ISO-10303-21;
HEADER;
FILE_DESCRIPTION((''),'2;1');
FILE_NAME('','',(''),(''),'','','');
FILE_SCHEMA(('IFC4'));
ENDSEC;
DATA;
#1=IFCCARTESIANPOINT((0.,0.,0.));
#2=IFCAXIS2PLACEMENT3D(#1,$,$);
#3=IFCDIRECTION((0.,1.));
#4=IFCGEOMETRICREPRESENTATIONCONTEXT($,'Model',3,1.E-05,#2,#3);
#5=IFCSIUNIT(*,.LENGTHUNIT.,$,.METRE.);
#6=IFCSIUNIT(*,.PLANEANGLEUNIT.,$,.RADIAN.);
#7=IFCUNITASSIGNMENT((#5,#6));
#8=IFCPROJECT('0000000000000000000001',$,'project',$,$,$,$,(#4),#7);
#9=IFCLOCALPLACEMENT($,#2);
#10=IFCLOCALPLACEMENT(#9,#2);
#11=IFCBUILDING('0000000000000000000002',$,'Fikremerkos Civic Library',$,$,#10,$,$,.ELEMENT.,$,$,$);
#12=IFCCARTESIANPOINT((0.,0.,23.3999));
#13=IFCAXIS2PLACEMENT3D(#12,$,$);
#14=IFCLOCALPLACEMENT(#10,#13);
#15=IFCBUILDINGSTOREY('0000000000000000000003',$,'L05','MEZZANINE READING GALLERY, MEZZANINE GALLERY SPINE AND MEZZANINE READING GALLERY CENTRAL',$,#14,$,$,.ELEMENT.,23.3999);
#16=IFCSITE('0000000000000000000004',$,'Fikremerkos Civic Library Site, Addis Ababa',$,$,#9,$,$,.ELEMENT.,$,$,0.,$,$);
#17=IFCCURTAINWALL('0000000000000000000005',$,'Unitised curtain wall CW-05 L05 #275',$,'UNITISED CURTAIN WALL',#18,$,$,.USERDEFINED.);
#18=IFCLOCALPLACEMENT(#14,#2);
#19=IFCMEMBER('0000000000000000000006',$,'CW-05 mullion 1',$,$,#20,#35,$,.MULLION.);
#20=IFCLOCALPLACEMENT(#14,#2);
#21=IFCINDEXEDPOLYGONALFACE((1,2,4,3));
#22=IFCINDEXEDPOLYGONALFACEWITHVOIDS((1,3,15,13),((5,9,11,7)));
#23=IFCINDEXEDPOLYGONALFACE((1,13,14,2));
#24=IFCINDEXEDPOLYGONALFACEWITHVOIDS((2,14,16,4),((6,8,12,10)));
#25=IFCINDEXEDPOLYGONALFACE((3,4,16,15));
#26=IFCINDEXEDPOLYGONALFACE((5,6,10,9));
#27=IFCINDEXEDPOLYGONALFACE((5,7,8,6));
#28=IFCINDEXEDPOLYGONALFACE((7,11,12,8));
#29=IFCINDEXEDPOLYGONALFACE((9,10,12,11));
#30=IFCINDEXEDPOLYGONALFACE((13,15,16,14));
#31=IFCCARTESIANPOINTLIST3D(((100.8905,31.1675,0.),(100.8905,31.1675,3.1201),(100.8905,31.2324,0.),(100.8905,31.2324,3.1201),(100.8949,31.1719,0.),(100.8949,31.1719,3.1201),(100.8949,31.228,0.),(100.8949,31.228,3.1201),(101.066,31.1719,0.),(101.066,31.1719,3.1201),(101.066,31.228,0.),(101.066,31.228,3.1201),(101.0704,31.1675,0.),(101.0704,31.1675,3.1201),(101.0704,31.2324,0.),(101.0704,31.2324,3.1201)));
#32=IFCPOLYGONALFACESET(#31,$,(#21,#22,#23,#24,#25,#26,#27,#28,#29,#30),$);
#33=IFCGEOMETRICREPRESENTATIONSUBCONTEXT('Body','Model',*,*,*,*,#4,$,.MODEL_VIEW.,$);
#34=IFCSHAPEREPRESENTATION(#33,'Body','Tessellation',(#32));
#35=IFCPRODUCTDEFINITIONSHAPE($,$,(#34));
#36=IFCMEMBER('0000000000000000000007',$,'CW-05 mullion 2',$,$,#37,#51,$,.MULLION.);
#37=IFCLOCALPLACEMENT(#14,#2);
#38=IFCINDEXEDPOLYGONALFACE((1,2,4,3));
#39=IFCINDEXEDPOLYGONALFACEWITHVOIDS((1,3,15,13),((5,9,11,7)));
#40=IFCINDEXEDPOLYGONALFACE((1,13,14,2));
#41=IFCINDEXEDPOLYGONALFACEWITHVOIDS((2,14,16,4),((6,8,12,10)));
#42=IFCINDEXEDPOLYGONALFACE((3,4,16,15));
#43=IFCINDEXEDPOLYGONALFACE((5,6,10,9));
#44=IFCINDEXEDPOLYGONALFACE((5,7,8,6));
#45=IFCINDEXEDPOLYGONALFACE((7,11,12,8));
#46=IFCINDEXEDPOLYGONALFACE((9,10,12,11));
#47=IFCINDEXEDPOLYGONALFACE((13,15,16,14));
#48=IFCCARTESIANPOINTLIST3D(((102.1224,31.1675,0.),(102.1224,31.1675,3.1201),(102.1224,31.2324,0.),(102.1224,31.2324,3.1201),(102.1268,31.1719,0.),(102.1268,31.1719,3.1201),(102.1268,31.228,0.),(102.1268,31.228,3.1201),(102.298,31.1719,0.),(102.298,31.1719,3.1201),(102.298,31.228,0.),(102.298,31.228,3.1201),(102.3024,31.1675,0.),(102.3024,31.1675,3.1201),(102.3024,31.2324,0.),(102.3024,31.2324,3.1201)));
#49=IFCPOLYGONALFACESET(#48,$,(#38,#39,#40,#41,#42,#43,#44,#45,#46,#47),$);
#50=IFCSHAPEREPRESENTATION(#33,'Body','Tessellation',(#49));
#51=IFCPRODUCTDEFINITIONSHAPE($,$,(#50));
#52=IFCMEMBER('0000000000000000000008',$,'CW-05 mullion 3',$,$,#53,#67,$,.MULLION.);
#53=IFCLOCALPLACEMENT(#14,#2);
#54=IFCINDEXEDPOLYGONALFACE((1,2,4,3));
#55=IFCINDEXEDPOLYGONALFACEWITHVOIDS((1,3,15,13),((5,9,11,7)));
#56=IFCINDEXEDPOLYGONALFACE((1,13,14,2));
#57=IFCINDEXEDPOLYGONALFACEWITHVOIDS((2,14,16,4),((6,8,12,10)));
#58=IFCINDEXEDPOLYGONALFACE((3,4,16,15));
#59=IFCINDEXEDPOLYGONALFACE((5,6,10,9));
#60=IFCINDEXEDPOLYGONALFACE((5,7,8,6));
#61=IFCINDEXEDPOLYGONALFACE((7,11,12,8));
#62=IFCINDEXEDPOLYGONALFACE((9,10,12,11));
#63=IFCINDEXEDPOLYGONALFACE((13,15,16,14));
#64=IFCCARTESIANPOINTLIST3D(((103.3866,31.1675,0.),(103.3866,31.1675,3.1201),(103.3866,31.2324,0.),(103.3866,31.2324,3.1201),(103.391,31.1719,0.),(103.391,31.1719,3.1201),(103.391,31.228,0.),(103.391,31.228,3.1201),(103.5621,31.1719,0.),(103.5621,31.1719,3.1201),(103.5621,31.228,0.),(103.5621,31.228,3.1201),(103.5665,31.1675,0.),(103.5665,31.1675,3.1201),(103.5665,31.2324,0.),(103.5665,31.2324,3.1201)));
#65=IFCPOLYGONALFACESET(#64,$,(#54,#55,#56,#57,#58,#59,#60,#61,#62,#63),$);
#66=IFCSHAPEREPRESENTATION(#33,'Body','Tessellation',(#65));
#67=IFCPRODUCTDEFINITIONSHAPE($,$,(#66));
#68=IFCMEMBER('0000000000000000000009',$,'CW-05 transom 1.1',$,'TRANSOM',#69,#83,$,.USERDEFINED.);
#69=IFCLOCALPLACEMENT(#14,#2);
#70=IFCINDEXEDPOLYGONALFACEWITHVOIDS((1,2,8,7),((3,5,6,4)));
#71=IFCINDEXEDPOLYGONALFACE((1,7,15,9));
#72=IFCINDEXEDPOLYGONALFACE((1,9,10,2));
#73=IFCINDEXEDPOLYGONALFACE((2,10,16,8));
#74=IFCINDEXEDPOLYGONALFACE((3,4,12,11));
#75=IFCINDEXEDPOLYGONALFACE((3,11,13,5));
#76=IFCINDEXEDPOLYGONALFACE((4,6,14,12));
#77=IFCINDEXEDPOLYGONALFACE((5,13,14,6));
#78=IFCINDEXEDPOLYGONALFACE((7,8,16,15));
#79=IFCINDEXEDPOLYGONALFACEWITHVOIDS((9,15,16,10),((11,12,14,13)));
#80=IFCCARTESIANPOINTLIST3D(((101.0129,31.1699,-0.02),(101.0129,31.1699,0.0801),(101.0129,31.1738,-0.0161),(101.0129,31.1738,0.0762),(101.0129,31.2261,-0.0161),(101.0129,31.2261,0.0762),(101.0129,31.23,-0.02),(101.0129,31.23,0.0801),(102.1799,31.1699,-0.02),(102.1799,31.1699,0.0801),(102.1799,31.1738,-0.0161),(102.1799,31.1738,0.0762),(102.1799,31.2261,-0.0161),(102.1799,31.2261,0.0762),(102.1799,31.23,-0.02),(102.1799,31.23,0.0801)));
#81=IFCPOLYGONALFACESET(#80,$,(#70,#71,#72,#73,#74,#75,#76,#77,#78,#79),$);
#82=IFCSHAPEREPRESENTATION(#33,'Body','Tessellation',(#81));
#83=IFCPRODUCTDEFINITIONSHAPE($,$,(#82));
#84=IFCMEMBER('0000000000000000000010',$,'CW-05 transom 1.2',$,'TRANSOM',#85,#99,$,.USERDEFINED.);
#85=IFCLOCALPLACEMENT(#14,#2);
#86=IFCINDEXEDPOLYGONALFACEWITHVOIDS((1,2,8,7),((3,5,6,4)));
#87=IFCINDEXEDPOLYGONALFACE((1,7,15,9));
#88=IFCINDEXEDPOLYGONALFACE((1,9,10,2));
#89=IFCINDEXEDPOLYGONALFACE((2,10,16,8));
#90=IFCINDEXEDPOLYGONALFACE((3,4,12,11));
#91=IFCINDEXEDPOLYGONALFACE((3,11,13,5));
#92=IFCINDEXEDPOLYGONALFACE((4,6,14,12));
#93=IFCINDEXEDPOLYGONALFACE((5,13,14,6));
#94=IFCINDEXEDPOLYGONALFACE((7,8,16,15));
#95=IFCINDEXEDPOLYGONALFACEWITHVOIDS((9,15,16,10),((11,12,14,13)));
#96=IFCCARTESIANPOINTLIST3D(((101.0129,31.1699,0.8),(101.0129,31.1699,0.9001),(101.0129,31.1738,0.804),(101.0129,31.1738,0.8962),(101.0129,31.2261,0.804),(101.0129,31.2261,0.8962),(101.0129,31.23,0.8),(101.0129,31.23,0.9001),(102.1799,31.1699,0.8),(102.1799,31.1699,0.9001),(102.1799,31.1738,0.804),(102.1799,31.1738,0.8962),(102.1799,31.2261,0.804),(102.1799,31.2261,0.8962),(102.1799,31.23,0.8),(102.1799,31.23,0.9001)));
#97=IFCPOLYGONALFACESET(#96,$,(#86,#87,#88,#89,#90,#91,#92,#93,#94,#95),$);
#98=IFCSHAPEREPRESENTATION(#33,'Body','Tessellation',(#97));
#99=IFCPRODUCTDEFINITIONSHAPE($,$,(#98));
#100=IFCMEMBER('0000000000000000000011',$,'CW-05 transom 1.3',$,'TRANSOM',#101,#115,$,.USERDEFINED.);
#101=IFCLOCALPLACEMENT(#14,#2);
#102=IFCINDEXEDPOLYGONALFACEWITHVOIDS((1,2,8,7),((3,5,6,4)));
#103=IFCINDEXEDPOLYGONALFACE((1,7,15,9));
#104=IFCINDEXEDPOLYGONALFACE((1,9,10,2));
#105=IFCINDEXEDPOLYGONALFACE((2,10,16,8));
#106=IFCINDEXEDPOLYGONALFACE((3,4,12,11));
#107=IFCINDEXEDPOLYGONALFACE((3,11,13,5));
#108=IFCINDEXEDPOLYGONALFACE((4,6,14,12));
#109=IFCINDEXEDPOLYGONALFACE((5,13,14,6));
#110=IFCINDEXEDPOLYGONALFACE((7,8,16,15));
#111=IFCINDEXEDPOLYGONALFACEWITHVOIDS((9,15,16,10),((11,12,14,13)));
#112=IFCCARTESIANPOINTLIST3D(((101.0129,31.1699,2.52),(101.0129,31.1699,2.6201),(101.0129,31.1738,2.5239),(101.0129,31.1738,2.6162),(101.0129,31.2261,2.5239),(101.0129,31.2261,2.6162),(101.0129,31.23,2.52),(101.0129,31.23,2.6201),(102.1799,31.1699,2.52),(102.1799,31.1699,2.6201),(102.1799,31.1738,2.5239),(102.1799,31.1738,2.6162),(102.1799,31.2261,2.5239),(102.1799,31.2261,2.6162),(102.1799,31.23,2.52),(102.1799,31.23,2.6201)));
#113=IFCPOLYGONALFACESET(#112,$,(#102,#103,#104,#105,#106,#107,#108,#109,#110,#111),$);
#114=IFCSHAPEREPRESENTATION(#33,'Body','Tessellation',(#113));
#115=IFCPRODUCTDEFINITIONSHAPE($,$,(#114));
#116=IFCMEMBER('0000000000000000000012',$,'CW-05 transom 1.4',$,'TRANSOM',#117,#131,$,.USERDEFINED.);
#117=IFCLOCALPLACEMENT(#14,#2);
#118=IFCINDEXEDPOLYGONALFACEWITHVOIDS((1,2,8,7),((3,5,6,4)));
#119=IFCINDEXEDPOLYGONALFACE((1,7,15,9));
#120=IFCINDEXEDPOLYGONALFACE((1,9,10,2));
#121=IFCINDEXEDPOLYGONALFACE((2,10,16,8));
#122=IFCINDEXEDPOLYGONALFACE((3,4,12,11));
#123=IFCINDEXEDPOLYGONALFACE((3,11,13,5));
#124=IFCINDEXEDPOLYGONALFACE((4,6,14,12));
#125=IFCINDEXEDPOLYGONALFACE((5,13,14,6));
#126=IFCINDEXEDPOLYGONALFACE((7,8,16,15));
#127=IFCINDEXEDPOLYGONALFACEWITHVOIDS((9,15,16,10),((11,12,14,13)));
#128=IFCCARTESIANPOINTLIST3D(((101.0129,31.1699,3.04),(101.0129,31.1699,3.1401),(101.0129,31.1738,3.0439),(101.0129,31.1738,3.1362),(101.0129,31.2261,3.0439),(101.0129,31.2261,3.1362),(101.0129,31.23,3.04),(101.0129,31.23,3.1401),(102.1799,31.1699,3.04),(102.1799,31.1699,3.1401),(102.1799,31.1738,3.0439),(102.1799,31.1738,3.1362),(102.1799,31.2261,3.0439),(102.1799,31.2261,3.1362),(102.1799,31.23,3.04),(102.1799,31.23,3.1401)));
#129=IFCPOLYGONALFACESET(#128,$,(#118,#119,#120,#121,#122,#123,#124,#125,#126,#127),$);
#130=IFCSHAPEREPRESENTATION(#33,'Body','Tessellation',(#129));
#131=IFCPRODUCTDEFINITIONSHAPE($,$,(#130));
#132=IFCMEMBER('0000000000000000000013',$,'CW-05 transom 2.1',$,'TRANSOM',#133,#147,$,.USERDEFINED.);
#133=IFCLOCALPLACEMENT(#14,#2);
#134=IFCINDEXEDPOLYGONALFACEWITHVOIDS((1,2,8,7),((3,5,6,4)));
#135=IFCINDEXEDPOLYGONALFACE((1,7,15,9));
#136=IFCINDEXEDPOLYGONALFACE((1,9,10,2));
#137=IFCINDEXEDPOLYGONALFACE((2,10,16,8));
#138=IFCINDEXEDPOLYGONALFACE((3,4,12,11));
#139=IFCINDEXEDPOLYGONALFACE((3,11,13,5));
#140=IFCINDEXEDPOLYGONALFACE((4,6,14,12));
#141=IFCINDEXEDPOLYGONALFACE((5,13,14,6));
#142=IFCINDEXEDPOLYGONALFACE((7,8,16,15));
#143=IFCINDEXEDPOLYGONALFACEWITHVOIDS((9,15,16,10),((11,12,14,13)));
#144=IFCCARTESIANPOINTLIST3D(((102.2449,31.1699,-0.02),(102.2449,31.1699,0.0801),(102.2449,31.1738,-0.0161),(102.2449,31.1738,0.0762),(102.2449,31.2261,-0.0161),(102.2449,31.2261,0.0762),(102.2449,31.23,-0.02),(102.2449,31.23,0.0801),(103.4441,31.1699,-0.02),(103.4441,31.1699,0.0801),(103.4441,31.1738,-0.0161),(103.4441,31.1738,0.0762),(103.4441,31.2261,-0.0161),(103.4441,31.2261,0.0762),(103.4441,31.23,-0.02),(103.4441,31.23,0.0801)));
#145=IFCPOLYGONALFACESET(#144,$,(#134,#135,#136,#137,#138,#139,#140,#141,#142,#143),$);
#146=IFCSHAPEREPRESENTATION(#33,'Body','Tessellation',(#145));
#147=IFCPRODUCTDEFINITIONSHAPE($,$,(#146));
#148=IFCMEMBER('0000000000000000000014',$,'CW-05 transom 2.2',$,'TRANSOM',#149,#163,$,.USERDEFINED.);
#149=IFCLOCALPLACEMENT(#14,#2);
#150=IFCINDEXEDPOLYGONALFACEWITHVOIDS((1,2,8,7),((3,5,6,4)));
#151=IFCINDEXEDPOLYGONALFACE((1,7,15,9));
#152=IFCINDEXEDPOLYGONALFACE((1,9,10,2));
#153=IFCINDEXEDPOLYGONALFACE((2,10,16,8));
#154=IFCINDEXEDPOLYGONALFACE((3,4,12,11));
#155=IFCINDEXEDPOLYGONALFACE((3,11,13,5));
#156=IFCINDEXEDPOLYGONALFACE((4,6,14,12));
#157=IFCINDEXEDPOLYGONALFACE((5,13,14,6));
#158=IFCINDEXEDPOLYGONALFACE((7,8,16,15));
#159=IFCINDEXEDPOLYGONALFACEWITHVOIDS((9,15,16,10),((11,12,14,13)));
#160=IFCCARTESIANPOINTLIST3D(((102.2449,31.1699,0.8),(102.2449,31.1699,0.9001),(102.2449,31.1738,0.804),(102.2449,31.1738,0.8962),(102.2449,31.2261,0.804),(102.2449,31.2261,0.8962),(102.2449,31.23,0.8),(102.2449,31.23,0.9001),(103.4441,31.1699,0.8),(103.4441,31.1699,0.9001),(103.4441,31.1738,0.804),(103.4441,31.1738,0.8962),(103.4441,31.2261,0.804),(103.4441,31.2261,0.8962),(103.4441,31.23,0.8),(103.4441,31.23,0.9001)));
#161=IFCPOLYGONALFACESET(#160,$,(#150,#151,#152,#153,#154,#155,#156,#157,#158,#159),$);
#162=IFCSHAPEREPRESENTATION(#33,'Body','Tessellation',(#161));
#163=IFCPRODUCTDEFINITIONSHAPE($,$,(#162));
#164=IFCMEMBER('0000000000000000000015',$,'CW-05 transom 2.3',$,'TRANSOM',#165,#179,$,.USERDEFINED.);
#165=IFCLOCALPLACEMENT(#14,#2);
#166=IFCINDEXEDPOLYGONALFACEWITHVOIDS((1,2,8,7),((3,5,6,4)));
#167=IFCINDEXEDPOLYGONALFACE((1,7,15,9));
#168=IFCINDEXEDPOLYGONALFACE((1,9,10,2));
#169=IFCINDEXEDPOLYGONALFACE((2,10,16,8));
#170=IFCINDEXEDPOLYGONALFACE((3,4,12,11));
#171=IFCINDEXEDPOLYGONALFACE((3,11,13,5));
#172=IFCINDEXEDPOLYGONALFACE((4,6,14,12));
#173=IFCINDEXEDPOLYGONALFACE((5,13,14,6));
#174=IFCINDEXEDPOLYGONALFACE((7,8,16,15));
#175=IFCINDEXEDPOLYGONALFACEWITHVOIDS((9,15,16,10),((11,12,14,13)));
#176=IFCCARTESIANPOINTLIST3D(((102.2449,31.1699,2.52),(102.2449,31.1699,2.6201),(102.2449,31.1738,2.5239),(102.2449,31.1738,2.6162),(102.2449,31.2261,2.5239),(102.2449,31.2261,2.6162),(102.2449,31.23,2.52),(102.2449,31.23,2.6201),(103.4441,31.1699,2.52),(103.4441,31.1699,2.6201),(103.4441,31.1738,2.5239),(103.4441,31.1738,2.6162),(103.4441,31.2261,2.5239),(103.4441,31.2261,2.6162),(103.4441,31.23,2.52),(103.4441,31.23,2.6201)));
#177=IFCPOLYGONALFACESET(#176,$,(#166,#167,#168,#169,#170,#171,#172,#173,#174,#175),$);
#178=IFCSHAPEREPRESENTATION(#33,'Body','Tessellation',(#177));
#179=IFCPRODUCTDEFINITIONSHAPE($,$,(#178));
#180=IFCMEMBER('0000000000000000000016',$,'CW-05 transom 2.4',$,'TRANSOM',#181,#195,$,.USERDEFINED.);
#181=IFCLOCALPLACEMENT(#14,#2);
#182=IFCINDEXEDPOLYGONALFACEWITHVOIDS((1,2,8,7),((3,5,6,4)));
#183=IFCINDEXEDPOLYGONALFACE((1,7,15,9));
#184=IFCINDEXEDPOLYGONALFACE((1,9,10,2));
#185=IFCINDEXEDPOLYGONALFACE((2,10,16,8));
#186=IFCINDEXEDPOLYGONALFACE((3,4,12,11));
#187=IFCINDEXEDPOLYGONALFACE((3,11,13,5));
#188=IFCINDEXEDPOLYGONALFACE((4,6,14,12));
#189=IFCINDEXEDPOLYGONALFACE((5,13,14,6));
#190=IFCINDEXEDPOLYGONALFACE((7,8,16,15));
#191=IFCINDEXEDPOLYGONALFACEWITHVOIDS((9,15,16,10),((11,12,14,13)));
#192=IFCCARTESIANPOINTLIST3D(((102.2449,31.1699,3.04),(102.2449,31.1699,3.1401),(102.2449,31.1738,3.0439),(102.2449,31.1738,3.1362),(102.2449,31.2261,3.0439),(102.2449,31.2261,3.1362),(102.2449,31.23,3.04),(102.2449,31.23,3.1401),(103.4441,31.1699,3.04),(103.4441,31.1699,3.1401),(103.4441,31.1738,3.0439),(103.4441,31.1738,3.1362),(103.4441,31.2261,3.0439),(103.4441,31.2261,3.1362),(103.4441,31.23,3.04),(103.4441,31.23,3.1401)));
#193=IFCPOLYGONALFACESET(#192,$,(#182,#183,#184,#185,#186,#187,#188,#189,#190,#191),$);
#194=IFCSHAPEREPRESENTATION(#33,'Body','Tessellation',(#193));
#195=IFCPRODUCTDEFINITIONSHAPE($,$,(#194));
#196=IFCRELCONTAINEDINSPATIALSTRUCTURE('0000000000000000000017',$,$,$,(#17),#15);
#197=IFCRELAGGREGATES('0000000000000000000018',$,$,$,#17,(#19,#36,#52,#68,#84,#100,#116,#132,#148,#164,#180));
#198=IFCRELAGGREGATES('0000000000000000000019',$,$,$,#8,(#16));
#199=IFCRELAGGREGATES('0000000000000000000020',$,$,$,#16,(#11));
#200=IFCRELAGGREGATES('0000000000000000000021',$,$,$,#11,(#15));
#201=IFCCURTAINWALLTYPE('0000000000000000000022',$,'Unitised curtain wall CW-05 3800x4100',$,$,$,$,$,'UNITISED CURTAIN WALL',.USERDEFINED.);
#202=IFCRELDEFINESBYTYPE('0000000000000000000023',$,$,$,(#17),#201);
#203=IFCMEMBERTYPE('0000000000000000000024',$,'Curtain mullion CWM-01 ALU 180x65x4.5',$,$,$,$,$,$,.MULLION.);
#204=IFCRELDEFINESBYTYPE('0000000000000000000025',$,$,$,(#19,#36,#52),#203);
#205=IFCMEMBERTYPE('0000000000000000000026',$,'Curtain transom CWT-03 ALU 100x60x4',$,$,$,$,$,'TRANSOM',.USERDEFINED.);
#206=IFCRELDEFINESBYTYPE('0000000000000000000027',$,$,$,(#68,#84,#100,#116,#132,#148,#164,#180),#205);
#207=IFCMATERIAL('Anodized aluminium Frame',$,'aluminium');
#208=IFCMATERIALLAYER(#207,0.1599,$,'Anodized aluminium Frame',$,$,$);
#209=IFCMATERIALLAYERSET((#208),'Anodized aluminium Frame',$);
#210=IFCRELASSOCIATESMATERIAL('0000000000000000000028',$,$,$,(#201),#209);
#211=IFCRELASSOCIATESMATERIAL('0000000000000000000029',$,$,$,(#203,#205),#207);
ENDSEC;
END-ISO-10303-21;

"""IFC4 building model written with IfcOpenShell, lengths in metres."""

from ifc_helpers import new_model, si_unit, direction, frame, origin, origin_2d, place, context, subcontext, project, spatial, hollow_rectangle, extrude, material, layer, layer_set, material_profile, profile_set, type_object, element, aggregate, save


model = new_model("IFC4")

# Units and contexts
model_context = context("Model", 3, precision=1e-05, world=origin(), true_north=direction((0.0, 1.0)))
body_context = subcontext(model_context, "Body", "Model", "MODEL_VIEW")
ifc_project = project(units=[si_unit("LENGTHUNIT", "METRE"), si_unit("PLANEANGLEUNIT", "RADIAN")], contexts=[model_context])

# Site, building, storey
site_placement = place(None, origin())
site = spatial("IfcSite", under=ifc_project, at=site_placement, Name="Fikremerkos Civic Library Site, Addis Ababa", CompositionType="ELEMENT", RefElevation=0.0)
building_placement = place(site_placement, origin())
building = spatial("IfcBuilding", under=site, at=building_placement, Name="Fikremerkos Civic Library", CompositionType="ELEMENT")
storey_placement = place(building_placement, frame((0.0, 0.0, 23.3999)))
storey = spatial("IfcBuildingStorey", under=building, at=storey_placement, Name="L05", Description="MEZZANINE READING GALLERY, MEZZANINE GALLERY SPINE AND MEZZANINE READING GALLERY CENTRAL", CompositionType="ELEMENT", Elevation=23.3999)

# Curtain wall, members
ifc_material_1 = material(Name="Anodized aluminium Frame", Category="aluminium")
ifc_layer_1 = layer(ifc_material_1, 0.1599, Name="Anodized aluminium Frame")
ifc_layer_set_1 = layer_set([ifc_layer_1], Name="Anodized aluminium Frame")
curtain_wall_type = type_object("IfcCurtainWallType", Name="Unitised curtain wall CW-05 3800x4100", ElementType="UNITISED CURTAIN WALL", PredefinedType="USERDEFINED", material=ifc_layer_set_1)
curtain_wall_placement = place(storey_placement, origin())
curtain_wall = element("IfcCurtainWall", 1, at=curtain_wall_placement, inside=storey, type_object=curtain_wall_type, Name="Unitised curtain wall CW-05 L05 #275", ObjectType="UNITISED CURTAIN WALL", PredefinedType="USERDEFINED")
ifc_material_profile_1 = material_profile(ifc_material_1, hollow_rectangle(XDim=0.0649, YDim=0.1799, WallThickness=0.0044, at=origin_2d()), Name="ALU 180x65x4.5")
ifc_profile_set_1 = profile_set([ifc_material_profile_1], Name="Anodized aluminium Frame")
member_type_1 = type_object("IfcMemberType", Name="Curtain mullion CWM-01 ALU 180x65x4.5", PredefinedType="MULLION", material=ifc_profile_set_1)
member_1_placement = place(storey_placement, frame((100.9805, 31.2, 0.0), z_axis=(0.0, 0.0, 1.0), x_axis=(0.0, 1.0, 0.0)))
member_1 = element("IfcMember", 2, at=member_1_placement, type_object=member_type_1, Name="CW-05 mullion 1", PredefinedType="MULLION", context=body_context, shape_type="SweptSolid", body=[
    extrude(hollow_rectangle(XDim=0.0649, YDim=0.1799, WallThickness=0.0044, at=origin_2d()), origin(), (0.0, 0.0, 1.0), 3.1201),
])
member_2_placement = place(storey_placement, frame((102.2124, 31.2, 0.0), z_axis=(0.0, 0.0, 1.0), x_axis=(0.0, 1.0, 0.0)))
member_2 = element("IfcMember", 3, at=member_2_placement, type_object=member_type_1, Name="CW-05 mullion 2", PredefinedType="MULLION", context=body_context, shape_type="SweptSolid", body=[
    extrude(hollow_rectangle(XDim=0.0649, YDim=0.1799, WallThickness=0.0044, at=origin_2d()), origin(), (0.0, 0.0, 1.0), 3.1201),
])
member_3_placement = place(storey_placement, frame((103.4766, 31.2, 0.0), z_axis=(0.0, 0.0, 1.0), x_axis=(0.0, 1.0, 0.0)))
member_3 = element("IfcMember", 4, at=member_3_placement, type_object=member_type_1, Name="CW-05 mullion 3", PredefinedType="MULLION", context=body_context, shape_type="SweptSolid", body=[
    extrude(hollow_rectangle(XDim=0.0649, YDim=0.1799, WallThickness=0.0044, at=origin_2d()), origin(), (0.0, 0.0, 1.0), 3.1201),
])
ifc_material_profile_2 = material_profile(ifc_material_1, hollow_rectangle(XDim=0.0601, YDim=0.1001, WallThickness=0.0039, at=origin_2d()), Name="ALU 100x60x4")
ifc_profile_set_2 = profile_set([ifc_material_profile_2], Name="Anodized aluminium Frame")
member_type_2 = type_object("IfcMemberType", Name="Curtain transom CWT-03 ALU 100x60x4", ElementType="TRANSOM", PredefinedType="USERDEFINED", material=ifc_profile_set_2)
member_4_placement = place(storey_placement, frame((101.0129, 31.2, 0.03), z_axis=(1.0, 0.0, 0.0), x_axis=(0.0, 1.0, 0.0)))
member_4 = element("IfcMember", 5, at=member_4_placement, type_object=member_type_2, Name="CW-05 transom 1.1", ObjectType="TRANSOM", PredefinedType="USERDEFINED", context=body_context, shape_type="SweptSolid", body=[
    extrude(hollow_rectangle(XDim=0.0601, YDim=0.1001, WallThickness=0.0039, at=origin_2d()), origin(), (0.0, 0.0, 1.0), 1.167),
])
member_5_placement = place(storey_placement, frame((101.0129, 31.2, 0.8501), z_axis=(1.0, 0.0, 0.0), x_axis=(0.0, 1.0, 0.0)))
member_5 = element("IfcMember", 6, at=member_5_placement, type_object=member_type_2, Name="CW-05 transom 1.2", ObjectType="TRANSOM", PredefinedType="USERDEFINED", context=body_context, shape_type="SweptSolid", body=[
    extrude(hollow_rectangle(XDim=0.0601, YDim=0.1001, WallThickness=0.0039, at=origin_2d()), origin(), (0.0, 0.0, 1.0), 1.167),
])
member_6_placement = place(storey_placement, frame((101.0129, 31.2, 2.5701), z_axis=(1.0, 0.0, 0.0), x_axis=(0.0, 1.0, 0.0)))
member_6 = element("IfcMember", 7, at=member_6_placement, type_object=member_type_2, Name="CW-05 transom 1.3", ObjectType="TRANSOM", PredefinedType="USERDEFINED", context=body_context, shape_type="SweptSolid", body=[
    extrude(hollow_rectangle(XDim=0.0601, YDim=0.1001, WallThickness=0.0039, at=origin_2d()), origin(), (0.0, 0.0, 1.0), 1.167),
])
member_7_placement = place(storey_placement, frame((101.0129, 31.2, 3.0901), z_axis=(1.0, 0.0, 0.0), x_axis=(0.0, 1.0, 0.0)))
member_7 = element("IfcMember", 8, at=member_7_placement, type_object=member_type_2, Name="CW-05 transom 1.4", ObjectType="TRANSOM", PredefinedType="USERDEFINED", context=body_context, shape_type="SweptSolid", body=[
    extrude(hollow_rectangle(XDim=0.0601, YDim=0.1001, WallThickness=0.0039, at=origin_2d()), origin(), (0.0, 0.0, 1.0), 1.167),
])
member_8_placement = place(storey_placement, frame((102.2449, 31.2, 0.03), z_axis=(1.0, 0.0, 0.0), x_axis=(0.0, 1.0, 0.0)))
member_8 = element("IfcMember", 9, at=member_8_placement, type_object=member_type_2, Name="CW-05 transom 2.1", ObjectType="TRANSOM", PredefinedType="USERDEFINED", context=body_context, shape_type="SweptSolid", body=[
    extrude(hollow_rectangle(XDim=0.0601, YDim=0.1001, WallThickness=0.0039, at=origin_2d()), origin(), (0.0, 0.0, 1.0), 1.1992),
])
member_9_placement = place(storey_placement, frame((102.2449, 31.2, 0.8501), z_axis=(1.0, 0.0, 0.0), x_axis=(0.0, 1.0, 0.0)))
member_9 = element("IfcMember", 10, at=member_9_placement, type_object=member_type_2, Name="CW-05 transom 2.2", ObjectType="TRANSOM", PredefinedType="USERDEFINED", context=body_context, shape_type="SweptSolid", body=[
    extrude(hollow_rectangle(XDim=0.0601, YDim=0.1001, WallThickness=0.0039, at=origin_2d()), origin(), (0.0, 0.0, 1.0), 1.1992),
])
member_10_placement = place(storey_placement, frame((102.2449, 31.2, 2.5701), z_axis=(1.0, 0.0, 0.0), x_axis=(0.0, 1.0, 0.0)))
member_10 = element("IfcMember", 11, at=member_10_placement, type_object=member_type_2, Name="CW-05 transom 2.3", ObjectType="TRANSOM", PredefinedType="USERDEFINED", context=body_context, shape_type="SweptSolid", body=[
    extrude(hollow_rectangle(XDim=0.0601, YDim=0.1001, WallThickness=0.0039, at=origin_2d()), origin(), (0.0, 0.0, 1.0), 1.1992),
])
member_11_placement = place(storey_placement, frame((102.2449, 31.2, 3.0901), z_axis=(1.0, 0.0, 0.0), x_axis=(0.0, 1.0, 0.0)))
member_11 = element("IfcMember", 12, at=member_11_placement, type_object=member_type_2, Name="CW-05 transom 2.4", ObjectType="TRANSOM", PredefinedType="USERDEFINED", context=body_context, shape_type="SweptSolid", body=[
    extrude(hollow_rectangle(XDim=0.0601, YDim=0.1001, WallThickness=0.0039, at=origin_2d()), origin(), (0.0, 0.0, 1.0), 1.1992),
])
aggregate(curtain_wall, [member_1, member_2, member_3, member_4, member_5, member_6, member_7, member_8, member_9, member_10, member_11])

save(model, "model.ifc")
